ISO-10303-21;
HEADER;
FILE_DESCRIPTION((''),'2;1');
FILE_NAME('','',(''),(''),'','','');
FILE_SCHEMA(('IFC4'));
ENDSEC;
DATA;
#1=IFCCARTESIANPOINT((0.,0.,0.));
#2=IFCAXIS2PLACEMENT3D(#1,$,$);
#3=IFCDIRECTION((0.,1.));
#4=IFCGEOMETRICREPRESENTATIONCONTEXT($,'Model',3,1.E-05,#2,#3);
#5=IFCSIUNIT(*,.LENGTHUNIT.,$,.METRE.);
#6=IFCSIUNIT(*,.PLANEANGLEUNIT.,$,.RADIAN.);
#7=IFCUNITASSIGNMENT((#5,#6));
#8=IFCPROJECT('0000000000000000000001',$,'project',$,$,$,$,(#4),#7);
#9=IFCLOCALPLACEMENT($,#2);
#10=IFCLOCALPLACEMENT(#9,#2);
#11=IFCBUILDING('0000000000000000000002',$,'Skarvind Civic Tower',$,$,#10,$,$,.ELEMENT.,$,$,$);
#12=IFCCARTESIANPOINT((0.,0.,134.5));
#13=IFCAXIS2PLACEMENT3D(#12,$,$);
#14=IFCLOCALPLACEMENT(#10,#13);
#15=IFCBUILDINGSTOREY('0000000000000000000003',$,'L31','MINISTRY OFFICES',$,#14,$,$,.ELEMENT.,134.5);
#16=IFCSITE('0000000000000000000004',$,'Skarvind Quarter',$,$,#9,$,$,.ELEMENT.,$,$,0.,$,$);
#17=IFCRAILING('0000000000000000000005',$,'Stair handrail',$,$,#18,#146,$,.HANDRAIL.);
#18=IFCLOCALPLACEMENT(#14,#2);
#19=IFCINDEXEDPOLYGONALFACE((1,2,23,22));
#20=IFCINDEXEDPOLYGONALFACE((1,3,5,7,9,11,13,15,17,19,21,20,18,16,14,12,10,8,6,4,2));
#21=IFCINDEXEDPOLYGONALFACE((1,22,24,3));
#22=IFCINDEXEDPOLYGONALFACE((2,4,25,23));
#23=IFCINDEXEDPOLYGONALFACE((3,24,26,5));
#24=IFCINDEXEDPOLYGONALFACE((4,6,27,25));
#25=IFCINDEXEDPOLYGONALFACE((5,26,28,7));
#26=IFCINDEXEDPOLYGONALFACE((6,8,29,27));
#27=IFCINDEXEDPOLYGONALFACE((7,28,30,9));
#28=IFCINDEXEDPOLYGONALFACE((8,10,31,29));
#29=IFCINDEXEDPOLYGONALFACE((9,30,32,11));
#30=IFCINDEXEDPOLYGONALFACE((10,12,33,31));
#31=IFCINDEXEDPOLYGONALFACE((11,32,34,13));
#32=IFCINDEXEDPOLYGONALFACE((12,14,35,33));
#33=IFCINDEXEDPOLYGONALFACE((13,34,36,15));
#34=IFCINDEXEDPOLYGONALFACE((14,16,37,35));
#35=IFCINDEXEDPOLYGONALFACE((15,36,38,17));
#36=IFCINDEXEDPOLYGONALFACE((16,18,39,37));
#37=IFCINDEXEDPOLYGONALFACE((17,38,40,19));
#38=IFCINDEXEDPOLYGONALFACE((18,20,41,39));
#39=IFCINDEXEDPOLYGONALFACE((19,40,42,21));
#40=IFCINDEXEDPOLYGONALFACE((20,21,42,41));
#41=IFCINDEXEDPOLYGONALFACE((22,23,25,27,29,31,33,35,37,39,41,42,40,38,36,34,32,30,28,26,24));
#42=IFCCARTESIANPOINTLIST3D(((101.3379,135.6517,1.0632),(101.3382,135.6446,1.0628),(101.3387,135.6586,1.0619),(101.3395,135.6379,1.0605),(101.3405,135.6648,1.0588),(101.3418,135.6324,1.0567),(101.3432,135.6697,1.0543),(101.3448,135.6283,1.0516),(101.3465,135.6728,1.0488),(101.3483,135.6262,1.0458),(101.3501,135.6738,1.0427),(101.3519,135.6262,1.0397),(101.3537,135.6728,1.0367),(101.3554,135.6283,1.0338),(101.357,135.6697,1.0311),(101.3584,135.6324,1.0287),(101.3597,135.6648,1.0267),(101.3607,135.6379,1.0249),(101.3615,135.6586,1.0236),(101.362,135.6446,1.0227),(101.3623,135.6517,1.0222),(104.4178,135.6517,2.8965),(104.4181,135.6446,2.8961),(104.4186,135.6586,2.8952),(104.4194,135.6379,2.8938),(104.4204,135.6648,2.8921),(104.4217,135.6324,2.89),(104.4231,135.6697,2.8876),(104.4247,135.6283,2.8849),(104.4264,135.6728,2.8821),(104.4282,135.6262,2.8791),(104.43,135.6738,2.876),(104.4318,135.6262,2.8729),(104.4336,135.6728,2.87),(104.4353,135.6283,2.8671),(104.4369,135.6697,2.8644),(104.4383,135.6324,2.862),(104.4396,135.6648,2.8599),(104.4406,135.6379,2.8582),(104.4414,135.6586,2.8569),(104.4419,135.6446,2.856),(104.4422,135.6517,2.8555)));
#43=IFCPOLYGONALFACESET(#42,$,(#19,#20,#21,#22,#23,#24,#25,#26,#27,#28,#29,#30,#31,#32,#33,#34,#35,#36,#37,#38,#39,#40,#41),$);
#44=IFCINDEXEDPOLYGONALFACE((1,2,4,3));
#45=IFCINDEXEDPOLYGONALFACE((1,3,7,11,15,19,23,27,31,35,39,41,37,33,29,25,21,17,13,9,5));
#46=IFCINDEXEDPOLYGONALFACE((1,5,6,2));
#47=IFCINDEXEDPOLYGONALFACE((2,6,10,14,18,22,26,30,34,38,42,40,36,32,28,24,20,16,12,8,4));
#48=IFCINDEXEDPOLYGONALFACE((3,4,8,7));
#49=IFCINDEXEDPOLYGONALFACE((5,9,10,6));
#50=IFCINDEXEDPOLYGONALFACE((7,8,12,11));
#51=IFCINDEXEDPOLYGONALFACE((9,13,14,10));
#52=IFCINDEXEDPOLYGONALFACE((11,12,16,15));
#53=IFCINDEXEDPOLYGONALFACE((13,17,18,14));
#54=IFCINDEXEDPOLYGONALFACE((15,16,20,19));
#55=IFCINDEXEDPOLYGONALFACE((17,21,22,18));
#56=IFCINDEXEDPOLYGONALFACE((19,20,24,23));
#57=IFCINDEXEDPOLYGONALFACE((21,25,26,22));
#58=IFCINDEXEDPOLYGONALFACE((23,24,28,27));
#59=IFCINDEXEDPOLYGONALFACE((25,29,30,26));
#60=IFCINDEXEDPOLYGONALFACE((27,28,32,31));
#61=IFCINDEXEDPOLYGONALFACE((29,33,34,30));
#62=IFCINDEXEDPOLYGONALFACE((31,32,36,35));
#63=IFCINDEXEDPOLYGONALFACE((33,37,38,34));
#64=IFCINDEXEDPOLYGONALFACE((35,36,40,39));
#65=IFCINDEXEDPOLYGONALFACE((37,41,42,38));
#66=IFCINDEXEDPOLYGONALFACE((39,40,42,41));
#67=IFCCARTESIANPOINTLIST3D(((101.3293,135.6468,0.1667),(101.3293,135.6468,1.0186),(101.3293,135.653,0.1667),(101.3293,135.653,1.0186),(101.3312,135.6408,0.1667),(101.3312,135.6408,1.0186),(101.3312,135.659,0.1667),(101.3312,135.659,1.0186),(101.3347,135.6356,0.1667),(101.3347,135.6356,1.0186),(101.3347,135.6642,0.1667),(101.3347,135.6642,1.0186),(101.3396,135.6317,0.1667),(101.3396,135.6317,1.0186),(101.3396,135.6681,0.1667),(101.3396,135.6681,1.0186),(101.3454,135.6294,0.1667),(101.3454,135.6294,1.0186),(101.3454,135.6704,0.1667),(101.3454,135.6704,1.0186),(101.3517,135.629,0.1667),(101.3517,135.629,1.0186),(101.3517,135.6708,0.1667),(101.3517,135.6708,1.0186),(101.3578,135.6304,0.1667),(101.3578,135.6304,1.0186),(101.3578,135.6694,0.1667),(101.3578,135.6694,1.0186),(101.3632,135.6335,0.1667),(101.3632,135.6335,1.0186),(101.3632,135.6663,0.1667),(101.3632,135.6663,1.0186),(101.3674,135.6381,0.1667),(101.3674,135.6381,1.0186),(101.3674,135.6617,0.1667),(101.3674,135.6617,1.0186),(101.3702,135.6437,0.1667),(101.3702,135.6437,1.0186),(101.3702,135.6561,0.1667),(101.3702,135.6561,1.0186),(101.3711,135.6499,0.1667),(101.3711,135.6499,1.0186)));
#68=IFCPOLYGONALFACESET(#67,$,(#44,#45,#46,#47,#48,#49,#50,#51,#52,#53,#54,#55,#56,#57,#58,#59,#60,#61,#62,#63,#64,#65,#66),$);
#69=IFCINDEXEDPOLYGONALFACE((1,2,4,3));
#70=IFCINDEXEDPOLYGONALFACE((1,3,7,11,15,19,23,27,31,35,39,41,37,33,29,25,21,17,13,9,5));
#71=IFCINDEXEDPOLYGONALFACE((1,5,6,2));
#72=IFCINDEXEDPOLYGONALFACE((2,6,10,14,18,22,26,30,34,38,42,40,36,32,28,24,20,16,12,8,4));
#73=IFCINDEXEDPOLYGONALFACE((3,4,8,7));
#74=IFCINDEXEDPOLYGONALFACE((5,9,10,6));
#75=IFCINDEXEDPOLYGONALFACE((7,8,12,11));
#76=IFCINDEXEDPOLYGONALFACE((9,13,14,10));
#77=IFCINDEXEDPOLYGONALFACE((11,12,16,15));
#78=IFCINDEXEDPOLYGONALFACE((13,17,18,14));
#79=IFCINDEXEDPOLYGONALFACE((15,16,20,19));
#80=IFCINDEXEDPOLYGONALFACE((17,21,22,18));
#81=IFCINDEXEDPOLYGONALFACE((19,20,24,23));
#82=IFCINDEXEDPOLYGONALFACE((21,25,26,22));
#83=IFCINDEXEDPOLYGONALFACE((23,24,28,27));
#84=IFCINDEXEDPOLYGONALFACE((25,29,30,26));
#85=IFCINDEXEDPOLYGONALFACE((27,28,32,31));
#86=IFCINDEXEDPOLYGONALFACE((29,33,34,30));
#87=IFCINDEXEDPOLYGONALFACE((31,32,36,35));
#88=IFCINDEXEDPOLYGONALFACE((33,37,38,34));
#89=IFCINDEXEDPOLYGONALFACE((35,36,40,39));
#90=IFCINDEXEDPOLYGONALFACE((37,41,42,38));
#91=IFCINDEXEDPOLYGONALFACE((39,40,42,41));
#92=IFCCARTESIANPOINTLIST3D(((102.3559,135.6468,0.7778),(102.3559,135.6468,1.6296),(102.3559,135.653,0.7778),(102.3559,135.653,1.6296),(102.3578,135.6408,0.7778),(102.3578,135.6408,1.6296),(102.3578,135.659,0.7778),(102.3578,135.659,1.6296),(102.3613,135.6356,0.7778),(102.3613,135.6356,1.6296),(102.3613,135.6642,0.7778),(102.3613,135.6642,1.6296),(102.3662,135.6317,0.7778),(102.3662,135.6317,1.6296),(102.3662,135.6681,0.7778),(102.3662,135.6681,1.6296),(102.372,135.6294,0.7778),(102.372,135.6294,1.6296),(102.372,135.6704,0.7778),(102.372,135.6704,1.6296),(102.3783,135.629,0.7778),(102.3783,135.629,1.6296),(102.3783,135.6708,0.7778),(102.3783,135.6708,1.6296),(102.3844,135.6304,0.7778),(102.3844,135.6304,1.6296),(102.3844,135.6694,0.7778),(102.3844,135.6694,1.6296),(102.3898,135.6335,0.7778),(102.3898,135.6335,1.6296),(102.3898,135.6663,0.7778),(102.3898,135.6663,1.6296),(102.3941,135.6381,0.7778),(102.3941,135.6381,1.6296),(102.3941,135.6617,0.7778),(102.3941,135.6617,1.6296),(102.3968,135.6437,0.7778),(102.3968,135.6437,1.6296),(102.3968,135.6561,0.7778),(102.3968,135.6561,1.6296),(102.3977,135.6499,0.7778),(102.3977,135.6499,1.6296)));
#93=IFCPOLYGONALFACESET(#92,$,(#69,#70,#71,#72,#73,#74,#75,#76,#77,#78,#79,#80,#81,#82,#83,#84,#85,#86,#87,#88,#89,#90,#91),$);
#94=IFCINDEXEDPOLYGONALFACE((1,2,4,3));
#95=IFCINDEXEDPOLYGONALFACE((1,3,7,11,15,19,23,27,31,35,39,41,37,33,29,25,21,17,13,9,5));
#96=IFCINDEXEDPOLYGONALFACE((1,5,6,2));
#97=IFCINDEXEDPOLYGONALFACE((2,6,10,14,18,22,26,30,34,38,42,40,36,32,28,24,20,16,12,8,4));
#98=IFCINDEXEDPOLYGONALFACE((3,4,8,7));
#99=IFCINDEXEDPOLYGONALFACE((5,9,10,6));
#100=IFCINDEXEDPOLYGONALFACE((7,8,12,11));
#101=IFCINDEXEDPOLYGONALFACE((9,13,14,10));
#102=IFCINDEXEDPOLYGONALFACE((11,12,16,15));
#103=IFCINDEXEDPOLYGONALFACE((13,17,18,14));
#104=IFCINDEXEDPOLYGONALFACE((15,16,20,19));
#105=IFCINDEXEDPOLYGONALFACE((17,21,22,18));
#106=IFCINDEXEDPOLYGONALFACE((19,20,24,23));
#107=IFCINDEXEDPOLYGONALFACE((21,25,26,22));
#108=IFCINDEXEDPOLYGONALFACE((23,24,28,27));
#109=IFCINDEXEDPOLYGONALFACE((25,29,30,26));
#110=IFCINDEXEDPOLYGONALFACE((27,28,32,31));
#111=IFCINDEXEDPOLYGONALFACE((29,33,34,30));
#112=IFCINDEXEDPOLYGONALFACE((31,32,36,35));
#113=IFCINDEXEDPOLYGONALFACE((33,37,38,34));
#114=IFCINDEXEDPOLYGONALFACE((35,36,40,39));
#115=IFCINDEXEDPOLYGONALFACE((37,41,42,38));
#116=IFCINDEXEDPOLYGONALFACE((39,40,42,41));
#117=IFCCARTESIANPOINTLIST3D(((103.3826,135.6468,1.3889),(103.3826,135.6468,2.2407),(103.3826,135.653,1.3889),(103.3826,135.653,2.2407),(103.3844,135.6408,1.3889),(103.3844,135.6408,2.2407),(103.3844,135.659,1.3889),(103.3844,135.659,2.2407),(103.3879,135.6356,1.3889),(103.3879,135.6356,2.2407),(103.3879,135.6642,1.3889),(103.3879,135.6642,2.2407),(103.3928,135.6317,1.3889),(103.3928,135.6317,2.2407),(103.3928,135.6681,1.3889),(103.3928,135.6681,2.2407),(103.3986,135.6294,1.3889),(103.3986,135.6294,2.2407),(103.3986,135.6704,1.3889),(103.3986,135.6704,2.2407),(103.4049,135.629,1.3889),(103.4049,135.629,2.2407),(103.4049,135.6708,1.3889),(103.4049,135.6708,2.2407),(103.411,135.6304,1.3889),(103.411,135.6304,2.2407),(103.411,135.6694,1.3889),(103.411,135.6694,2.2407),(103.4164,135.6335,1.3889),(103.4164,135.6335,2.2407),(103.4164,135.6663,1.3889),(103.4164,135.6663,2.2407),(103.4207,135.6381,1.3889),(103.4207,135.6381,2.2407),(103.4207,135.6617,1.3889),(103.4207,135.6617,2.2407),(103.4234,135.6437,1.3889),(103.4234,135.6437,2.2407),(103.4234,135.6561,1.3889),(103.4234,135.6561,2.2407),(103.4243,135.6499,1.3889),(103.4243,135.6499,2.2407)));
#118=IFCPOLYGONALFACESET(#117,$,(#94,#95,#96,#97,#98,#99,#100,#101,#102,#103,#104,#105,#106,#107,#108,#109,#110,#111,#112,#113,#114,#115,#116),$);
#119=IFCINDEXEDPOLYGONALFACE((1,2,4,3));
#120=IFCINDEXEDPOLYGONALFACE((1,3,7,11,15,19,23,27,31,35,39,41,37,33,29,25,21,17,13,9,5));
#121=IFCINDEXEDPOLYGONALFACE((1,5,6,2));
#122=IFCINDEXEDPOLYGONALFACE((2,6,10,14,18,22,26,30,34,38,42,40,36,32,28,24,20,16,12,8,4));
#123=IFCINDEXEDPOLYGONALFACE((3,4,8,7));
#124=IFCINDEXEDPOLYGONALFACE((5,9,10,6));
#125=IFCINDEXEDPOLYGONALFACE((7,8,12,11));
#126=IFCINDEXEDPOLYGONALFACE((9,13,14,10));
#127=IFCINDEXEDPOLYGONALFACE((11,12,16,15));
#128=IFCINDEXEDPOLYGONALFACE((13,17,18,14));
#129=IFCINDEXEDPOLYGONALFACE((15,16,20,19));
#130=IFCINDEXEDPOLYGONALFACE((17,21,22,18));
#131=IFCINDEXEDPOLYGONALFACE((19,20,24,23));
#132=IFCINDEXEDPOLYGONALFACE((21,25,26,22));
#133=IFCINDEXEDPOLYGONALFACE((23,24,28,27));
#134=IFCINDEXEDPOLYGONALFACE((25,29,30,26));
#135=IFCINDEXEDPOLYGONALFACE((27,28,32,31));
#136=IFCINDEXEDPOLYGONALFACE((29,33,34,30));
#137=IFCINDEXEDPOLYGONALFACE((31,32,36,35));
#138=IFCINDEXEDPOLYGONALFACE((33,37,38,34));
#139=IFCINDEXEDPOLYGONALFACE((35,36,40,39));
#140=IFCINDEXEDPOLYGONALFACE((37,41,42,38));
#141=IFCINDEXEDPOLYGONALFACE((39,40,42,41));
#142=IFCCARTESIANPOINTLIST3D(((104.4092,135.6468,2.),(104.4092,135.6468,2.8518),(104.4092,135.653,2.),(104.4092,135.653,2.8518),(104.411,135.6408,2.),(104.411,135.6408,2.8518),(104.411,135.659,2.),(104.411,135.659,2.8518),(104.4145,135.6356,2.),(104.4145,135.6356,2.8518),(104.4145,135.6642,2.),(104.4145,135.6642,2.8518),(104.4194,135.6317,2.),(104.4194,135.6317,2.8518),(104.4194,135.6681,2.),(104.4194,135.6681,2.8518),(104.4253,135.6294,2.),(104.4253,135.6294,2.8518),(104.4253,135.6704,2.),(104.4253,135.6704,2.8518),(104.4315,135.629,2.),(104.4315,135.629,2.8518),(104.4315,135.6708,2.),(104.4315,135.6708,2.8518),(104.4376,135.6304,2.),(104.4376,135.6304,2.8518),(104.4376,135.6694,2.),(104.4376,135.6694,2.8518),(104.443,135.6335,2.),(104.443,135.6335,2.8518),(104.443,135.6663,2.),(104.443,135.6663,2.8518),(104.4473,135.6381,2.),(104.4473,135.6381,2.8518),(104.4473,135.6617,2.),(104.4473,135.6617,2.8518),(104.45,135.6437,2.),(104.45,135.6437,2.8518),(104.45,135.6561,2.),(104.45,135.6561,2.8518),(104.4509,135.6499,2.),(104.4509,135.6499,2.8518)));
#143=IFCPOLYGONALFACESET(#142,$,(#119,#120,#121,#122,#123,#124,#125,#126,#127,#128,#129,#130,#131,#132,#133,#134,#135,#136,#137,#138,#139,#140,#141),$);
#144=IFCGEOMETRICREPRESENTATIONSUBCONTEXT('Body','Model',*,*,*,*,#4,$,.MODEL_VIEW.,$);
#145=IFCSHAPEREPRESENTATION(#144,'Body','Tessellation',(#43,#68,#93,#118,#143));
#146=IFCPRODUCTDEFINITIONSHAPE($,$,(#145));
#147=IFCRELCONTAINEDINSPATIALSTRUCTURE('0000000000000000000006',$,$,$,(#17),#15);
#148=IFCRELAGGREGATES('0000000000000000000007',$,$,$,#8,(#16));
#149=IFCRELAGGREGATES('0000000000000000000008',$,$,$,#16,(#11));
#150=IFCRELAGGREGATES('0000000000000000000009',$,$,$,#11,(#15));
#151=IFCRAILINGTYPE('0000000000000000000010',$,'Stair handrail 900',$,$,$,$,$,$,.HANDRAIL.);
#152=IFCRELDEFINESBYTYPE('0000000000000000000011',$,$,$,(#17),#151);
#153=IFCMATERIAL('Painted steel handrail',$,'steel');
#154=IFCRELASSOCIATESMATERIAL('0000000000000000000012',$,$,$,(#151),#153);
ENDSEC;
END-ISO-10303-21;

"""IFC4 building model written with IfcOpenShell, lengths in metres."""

from ifc_helpers import new_model, si_unit, direction, frame, origin, origin_2d, place, context, subcontext, project, spatial, circle, extrude, material, type_object, element, save


model = new_model("IFC4")

# Units and contexts
model_context = context("Model", 3, precision=1e-05, world=origin(), true_north=direction((0.0, 1.0)))
body_context = subcontext(model_context, "Body", "Model", "MODEL_VIEW")
ifc_project = project(units=[si_unit("LENGTHUNIT", "METRE"), si_unit("PLANEANGLEUNIT", "RADIAN")], contexts=[model_context])

# Site, building, storey
site_placement = place(None, origin())
site = spatial("IfcSite", under=ifc_project, at=site_placement, Name="Skarvind Quarter", CompositionType="ELEMENT", RefElevation=0.0)
building_placement = place(site_placement, origin())
building = spatial("IfcBuilding", under=site, at=building_placement, Name="Skarvind Civic Tower", CompositionType="ELEMENT")
storey_placement = place(building_placement, frame((0.0, 0.0, 134.5)))
storey = spatial("IfcBuildingStorey", under=building, at=storey_placement, Name="L31", Description="MINISTRY OFFICES", CompositionType="ELEMENT", Elevation=134.5)

# Railing
ifc_material_1 = material(Name="Painted steel handrail", Category="steel")
railing_type = type_object("IfcRailingType", Name="Stair handrail 900", PredefinedType="HANDRAIL", material=ifc_material_1)
railing_1_placement = place(storey_placement, frame((101.3501, 135.6499, 0.1667)))
element("IfcRailing", 1, at=railing_1_placement, inside=storey, type_object=railing_type, Name="Stair handrail", PredefinedType="HANDRAIL", context=body_context, shape_type="SweptSolid", body=[
    extrude(circle(Radius=0.0239, at=origin_2d()), frame((0.0, 0.0, 0.876), z_axis=(0.859291, 0.0, 0.511487), x_axis=(0.0, 1.0, 0.0)), (0.0, 0.0, 1.0), 3.5842),
    extrude(circle(Radius=0.021, at=origin_2d()), origin(), (0.0, 0.0, 1.0), 0.8518),
    extrude(circle(Radius=0.021, at=origin_2d()), frame((1.0266, 0.0, 0.6111)), (0.0, 0.0, 1.0), 0.8518),
    extrude(circle(Radius=0.021, at=origin_2d()), frame((2.0532, 0.0, 1.2222)), (0.0, 0.0, 1.0), 0.8518),
    extrude(circle(Radius=0.021, at=origin_2d()), frame((3.0798, 0.0, 1.8333)), (0.0, 0.0, 1.0), 0.8518),
])

save(model, "model.ifc")
